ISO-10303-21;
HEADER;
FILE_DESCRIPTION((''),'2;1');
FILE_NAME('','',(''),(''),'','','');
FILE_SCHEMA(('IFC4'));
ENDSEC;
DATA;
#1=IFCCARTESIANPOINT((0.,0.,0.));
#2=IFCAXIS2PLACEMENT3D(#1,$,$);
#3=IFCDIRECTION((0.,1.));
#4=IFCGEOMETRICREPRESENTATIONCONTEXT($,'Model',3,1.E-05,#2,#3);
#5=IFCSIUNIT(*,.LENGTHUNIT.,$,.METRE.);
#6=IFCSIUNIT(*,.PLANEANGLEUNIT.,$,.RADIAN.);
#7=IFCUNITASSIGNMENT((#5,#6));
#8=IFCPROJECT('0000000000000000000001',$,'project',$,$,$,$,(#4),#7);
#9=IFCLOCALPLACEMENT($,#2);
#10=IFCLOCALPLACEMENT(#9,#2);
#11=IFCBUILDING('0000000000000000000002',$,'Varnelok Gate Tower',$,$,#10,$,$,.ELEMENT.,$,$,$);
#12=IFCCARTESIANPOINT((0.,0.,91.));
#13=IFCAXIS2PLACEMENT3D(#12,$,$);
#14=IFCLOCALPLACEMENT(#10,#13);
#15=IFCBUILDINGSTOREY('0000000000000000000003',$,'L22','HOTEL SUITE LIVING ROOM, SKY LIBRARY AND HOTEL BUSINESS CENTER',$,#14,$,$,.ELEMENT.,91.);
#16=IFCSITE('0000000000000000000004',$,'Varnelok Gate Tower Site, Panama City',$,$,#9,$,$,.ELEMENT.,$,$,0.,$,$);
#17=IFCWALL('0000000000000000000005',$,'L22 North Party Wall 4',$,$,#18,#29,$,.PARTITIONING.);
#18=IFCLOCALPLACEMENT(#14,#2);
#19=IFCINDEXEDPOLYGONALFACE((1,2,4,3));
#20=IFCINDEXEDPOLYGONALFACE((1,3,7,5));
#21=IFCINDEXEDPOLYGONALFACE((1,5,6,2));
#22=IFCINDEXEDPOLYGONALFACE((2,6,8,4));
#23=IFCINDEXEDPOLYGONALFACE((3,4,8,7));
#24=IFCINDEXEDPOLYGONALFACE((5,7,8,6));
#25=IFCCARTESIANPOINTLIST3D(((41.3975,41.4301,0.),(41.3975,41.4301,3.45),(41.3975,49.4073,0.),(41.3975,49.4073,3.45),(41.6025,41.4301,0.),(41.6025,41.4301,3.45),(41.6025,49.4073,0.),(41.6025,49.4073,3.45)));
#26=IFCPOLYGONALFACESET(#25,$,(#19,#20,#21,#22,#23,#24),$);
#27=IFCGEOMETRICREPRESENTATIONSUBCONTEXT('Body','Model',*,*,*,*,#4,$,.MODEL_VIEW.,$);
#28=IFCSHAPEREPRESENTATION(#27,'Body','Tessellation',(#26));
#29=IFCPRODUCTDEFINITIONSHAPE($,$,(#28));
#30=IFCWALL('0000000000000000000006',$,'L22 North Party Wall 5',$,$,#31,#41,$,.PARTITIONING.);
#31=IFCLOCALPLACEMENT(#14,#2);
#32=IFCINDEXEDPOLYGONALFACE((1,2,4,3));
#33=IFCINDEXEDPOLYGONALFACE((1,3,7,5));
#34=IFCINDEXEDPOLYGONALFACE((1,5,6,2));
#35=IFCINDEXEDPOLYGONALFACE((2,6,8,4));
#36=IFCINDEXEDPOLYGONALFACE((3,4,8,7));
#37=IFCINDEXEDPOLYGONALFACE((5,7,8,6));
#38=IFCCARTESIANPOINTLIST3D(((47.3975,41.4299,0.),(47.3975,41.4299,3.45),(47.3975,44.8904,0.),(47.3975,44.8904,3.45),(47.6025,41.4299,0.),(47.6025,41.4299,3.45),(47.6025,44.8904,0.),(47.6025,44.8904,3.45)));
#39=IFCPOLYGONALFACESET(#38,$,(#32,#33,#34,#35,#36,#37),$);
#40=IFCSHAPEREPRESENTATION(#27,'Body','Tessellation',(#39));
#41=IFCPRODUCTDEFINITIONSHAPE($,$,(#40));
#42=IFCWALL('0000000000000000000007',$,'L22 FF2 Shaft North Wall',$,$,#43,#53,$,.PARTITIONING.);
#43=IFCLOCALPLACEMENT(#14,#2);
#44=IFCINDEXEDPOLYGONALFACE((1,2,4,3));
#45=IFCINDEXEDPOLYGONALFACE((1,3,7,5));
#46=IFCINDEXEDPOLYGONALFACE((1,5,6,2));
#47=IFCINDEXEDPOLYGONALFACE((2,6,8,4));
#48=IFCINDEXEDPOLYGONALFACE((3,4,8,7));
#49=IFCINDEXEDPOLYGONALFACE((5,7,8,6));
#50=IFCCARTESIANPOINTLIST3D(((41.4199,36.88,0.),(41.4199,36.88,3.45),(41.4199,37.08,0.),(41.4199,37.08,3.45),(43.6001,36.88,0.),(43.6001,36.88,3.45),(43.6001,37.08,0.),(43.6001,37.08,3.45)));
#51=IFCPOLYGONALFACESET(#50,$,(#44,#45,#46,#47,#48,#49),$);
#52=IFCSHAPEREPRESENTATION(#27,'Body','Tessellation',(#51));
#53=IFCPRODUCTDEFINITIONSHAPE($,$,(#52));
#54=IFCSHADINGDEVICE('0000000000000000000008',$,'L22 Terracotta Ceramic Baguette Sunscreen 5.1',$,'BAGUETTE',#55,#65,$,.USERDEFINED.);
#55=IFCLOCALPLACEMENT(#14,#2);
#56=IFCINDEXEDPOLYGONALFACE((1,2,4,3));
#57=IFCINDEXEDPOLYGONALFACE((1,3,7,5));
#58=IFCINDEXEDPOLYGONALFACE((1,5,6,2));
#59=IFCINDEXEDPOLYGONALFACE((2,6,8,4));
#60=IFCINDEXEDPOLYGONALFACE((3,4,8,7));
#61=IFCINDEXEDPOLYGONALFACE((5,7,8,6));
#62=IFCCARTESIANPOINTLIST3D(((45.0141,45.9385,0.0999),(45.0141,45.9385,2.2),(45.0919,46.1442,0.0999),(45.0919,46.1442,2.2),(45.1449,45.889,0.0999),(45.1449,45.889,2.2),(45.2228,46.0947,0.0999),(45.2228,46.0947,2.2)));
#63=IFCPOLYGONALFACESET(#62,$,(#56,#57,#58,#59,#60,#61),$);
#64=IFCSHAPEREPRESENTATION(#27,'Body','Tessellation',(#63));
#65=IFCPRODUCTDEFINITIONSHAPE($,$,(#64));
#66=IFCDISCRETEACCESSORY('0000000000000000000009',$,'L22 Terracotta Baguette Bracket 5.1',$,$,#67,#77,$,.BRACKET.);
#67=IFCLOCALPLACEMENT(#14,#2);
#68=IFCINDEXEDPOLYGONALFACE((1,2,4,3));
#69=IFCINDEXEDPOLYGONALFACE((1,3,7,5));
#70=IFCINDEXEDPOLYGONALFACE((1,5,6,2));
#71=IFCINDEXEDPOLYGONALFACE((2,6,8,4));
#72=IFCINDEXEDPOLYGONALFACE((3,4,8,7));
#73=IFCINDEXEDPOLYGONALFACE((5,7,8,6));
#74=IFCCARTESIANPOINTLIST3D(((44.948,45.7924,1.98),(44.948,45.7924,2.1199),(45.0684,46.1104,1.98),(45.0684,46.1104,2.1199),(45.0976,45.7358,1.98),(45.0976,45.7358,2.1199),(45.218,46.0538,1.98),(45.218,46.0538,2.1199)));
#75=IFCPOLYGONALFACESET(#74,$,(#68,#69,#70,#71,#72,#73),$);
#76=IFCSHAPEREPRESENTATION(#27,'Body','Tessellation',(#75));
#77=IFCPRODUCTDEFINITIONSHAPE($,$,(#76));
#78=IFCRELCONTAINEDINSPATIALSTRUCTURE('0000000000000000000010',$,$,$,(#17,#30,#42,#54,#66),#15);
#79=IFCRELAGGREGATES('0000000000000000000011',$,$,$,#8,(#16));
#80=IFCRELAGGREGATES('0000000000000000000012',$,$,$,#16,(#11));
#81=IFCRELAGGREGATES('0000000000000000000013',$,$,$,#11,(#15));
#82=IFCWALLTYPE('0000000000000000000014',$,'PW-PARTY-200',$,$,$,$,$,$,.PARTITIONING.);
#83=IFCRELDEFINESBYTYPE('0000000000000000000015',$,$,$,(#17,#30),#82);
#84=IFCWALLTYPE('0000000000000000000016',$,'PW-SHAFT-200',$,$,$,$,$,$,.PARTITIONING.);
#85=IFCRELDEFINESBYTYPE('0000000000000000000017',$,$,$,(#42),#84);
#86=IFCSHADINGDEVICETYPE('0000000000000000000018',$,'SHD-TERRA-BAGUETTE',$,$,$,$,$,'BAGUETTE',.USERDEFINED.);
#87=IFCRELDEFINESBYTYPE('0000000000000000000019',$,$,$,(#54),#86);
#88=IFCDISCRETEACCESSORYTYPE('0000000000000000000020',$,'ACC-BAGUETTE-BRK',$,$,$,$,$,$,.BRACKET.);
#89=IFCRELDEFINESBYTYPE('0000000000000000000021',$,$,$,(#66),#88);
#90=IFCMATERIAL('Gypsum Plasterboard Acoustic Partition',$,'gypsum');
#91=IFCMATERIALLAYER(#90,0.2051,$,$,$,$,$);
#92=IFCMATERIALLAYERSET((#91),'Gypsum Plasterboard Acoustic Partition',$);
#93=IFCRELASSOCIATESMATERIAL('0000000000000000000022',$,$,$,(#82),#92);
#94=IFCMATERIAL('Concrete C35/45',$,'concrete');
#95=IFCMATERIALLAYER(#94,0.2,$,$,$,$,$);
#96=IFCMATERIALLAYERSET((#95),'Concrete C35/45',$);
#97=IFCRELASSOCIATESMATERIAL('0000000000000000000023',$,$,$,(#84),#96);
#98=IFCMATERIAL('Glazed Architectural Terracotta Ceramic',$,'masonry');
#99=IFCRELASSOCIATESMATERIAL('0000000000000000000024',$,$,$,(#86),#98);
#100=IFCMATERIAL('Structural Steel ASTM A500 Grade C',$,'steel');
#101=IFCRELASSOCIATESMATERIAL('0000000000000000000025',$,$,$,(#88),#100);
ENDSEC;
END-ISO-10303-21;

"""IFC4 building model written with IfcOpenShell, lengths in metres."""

from ifc_helpers import new_model, si_unit, direction, frame, frame_2d, origin, origin_2d, place, context, subcontext, project, spatial, rectangle, extrude, source, transform, mapped, material, layer, layer_set, type_object, element, save


model = new_model("IFC4")

# Units and contexts
model_context = context("Model", 3, precision=1e-05, world=origin(), true_north=direction((0.0, 1.0)))
body_context = subcontext(model_context, "Body", "Model", "MODEL_VIEW")
ifc_project = project(units=[si_unit("LENGTHUNIT", "METRE"), si_unit("PLANEANGLEUNIT", "RADIAN")], contexts=[model_context])

# Site, building, storey
site_placement = place(None, origin())
site = spatial("IfcSite", under=ifc_project, at=site_placement, Name="Varnelok Gate Tower Site, Panama City", CompositionType="ELEMENT", RefElevation=0.0)
building_placement = place(site_placement, origin())
building = spatial("IfcBuilding", under=site, at=building_placement, Name="Varnelok Gate Tower", CompositionType="ELEMENT")
storey_placement = place(building_placement, frame((0.0, 0.0, 91.0)))
storey = spatial("IfcBuildingStorey", under=building, at=storey_placement, Name="L22", Description="HOTEL SUITE LIVING ROOM, SKY LIBRARY AND HOTEL BUSINESS CENTER", CompositionType="ELEMENT", Elevation=91.0)

# Shared definitions
ifc_material_1 = material(Name="Gypsum Plasterboard Acoustic Partition", Category="gypsum")

# Walls
ifc_layer_1 = layer(ifc_material_1, 0.2051)
ifc_layer_set_1 = layer_set([ifc_layer_1], Name="Gypsum Plasterboard Acoustic Partition")
wall_type_1 = type_object("IfcWallType", Name="PW-PARTY-200", PredefinedType="PARTITIONING", material=ifc_layer_set_1)
wall_1_placement = place(storey_placement, frame((41.5, 41.4299, 0.0), z_axis=(0.0, 0.0, 1.0), x_axis=(0.0, 1.0, 0.0)))
element("IfcWall", 1, at=wall_1_placement, inside=storey, type_object=wall_type_1, Name="L22 North Party Wall 4", PredefinedType="PARTITIONING", context=body_context, shape_type="SweptSolid", body=[
    extrude(rectangle(XDim=7.9773, YDim=0.2051, at=frame_2d((3.9888, 0.0))), origin(), (0.0, 0.0, 1.0), 3.45),
])
wall_2_placement = place(storey_placement, frame((47.5, 41.4299, 0.0), z_axis=(0.0, 0.0, 1.0), x_axis=(0.0, 1.0, 0.0)))
element("IfcWall", 2, at=wall_2_placement, inside=storey, type_object=wall_type_1, Name="L22 North Party Wall 5", PredefinedType="PARTITIONING", context=body_context, shape_type="SweptSolid", body=[
    extrude(rectangle(XDim=3.4604, YDim=0.2051, at=frame_2d((1.7302, 0.0))), origin(), (0.0, 0.0, 1.0), 3.45),
])
ifc_material_2 = material(Name="Concrete C35/45", Category="concrete")
ifc_layer_2 = layer(ifc_material_2, 0.2)
ifc_layer_set_2 = layer_set([ifc_layer_2], Name="Concrete C35/45")
wall_type_2 = type_object("IfcWallType", Name="PW-SHAFT-200", PredefinedType="PARTITIONING", material=ifc_layer_set_2)
wall_3_placement = place(storey_placement, frame((41.4199, 36.98, 0.0), z_axis=(0.0, 0.0, 1.0), x_axis=(1.0, 0.0, 0.0)))
element("IfcWall", 3, at=wall_3_placement, inside=storey, type_object=wall_type_2, Name="L22 FF2 Shaft North Wall", PredefinedType="PARTITIONING", context=body_context, shape_type="SweptSolid", body=[
    extrude(rectangle(XDim=2.1802, YDim=0.2, at=frame_2d((1.0901, 0.0))), origin(), (0.0, 0.0, 1.0), 3.45),
])

# Shading device
ifc_material_3 = material(Name="Glazed Architectural Terracotta Ceramic", Category="masonry")
shading_device_type = type_object("IfcShadingDeviceType", Name="SHD-TERRA-BAGUETTE", ElementType="BAGUETTE", PredefinedType="USERDEFINED", material=ifc_material_3)
shared_shape_1 = source(origin(), body_context, "Body", "SweptSolid", [
    extrude(rectangle(XDim=0.1399, YDim=0.22, at=origin_2d()), origin(), (0.0, 0.0, 1.0), 2.1001),
])
shading_device_placement = place(storey_placement, frame((45.1184, 46.0166, 0.0999), z_axis=(0.0, 0.0, 1.0), x_axis=(0.935222, -0.354063, 0.0)))
element("IfcShadingDevice", 4, at=shading_device_placement, inside=storey, type_object=shading_device_type, Name="L22 Terracotta Ceramic Baguette Sunscreen 5.1", ObjectType="BAGUETTE", PredefinedType="USERDEFINED", context=body_context, shape_type="MappedRepresentation", body=[
    mapped(shared_shape_1, transform((0.0, 0.0, 0.0), scale=1.0)),
])

# Discrete accessory
ifc_material_4 = material(Name="Structural Steel ASTM A500 Grade C", Category="steel")
discrete_accessory_type = type_object("IfcDiscreteAccessoryType", Name="ACC-BAGUETTE-BRK", PredefinedType="BRACKET", material=ifc_material_4)
shared_shape_2 = source(origin(), body_context, "Body", "SweptSolid", [
    extrude(rectangle(XDim=0.1599, YDim=0.3401, at=origin_2d()), origin(), (0.0, 0.0, 1.0), 0.1399),
])
discrete_accessory_placement = place(storey_placement, frame((45.083, 45.9231, 1.98), z_axis=(0.0, 0.0, 1.0), x_axis=(0.935222, -0.354063, 0.0)))
element("IfcDiscreteAccessory", 5, at=discrete_accessory_placement, inside=storey, type_object=discrete_accessory_type, Name="L22 Terracotta Baguette Bracket 5.1", PredefinedType="BRACKET", context=body_context, shape_type="MappedRepresentation", body=[
    mapped(shared_shape_2, transform((0.0, 0.0, 0.0), scale=1.0)),
])

save(model, "model.ifc")
